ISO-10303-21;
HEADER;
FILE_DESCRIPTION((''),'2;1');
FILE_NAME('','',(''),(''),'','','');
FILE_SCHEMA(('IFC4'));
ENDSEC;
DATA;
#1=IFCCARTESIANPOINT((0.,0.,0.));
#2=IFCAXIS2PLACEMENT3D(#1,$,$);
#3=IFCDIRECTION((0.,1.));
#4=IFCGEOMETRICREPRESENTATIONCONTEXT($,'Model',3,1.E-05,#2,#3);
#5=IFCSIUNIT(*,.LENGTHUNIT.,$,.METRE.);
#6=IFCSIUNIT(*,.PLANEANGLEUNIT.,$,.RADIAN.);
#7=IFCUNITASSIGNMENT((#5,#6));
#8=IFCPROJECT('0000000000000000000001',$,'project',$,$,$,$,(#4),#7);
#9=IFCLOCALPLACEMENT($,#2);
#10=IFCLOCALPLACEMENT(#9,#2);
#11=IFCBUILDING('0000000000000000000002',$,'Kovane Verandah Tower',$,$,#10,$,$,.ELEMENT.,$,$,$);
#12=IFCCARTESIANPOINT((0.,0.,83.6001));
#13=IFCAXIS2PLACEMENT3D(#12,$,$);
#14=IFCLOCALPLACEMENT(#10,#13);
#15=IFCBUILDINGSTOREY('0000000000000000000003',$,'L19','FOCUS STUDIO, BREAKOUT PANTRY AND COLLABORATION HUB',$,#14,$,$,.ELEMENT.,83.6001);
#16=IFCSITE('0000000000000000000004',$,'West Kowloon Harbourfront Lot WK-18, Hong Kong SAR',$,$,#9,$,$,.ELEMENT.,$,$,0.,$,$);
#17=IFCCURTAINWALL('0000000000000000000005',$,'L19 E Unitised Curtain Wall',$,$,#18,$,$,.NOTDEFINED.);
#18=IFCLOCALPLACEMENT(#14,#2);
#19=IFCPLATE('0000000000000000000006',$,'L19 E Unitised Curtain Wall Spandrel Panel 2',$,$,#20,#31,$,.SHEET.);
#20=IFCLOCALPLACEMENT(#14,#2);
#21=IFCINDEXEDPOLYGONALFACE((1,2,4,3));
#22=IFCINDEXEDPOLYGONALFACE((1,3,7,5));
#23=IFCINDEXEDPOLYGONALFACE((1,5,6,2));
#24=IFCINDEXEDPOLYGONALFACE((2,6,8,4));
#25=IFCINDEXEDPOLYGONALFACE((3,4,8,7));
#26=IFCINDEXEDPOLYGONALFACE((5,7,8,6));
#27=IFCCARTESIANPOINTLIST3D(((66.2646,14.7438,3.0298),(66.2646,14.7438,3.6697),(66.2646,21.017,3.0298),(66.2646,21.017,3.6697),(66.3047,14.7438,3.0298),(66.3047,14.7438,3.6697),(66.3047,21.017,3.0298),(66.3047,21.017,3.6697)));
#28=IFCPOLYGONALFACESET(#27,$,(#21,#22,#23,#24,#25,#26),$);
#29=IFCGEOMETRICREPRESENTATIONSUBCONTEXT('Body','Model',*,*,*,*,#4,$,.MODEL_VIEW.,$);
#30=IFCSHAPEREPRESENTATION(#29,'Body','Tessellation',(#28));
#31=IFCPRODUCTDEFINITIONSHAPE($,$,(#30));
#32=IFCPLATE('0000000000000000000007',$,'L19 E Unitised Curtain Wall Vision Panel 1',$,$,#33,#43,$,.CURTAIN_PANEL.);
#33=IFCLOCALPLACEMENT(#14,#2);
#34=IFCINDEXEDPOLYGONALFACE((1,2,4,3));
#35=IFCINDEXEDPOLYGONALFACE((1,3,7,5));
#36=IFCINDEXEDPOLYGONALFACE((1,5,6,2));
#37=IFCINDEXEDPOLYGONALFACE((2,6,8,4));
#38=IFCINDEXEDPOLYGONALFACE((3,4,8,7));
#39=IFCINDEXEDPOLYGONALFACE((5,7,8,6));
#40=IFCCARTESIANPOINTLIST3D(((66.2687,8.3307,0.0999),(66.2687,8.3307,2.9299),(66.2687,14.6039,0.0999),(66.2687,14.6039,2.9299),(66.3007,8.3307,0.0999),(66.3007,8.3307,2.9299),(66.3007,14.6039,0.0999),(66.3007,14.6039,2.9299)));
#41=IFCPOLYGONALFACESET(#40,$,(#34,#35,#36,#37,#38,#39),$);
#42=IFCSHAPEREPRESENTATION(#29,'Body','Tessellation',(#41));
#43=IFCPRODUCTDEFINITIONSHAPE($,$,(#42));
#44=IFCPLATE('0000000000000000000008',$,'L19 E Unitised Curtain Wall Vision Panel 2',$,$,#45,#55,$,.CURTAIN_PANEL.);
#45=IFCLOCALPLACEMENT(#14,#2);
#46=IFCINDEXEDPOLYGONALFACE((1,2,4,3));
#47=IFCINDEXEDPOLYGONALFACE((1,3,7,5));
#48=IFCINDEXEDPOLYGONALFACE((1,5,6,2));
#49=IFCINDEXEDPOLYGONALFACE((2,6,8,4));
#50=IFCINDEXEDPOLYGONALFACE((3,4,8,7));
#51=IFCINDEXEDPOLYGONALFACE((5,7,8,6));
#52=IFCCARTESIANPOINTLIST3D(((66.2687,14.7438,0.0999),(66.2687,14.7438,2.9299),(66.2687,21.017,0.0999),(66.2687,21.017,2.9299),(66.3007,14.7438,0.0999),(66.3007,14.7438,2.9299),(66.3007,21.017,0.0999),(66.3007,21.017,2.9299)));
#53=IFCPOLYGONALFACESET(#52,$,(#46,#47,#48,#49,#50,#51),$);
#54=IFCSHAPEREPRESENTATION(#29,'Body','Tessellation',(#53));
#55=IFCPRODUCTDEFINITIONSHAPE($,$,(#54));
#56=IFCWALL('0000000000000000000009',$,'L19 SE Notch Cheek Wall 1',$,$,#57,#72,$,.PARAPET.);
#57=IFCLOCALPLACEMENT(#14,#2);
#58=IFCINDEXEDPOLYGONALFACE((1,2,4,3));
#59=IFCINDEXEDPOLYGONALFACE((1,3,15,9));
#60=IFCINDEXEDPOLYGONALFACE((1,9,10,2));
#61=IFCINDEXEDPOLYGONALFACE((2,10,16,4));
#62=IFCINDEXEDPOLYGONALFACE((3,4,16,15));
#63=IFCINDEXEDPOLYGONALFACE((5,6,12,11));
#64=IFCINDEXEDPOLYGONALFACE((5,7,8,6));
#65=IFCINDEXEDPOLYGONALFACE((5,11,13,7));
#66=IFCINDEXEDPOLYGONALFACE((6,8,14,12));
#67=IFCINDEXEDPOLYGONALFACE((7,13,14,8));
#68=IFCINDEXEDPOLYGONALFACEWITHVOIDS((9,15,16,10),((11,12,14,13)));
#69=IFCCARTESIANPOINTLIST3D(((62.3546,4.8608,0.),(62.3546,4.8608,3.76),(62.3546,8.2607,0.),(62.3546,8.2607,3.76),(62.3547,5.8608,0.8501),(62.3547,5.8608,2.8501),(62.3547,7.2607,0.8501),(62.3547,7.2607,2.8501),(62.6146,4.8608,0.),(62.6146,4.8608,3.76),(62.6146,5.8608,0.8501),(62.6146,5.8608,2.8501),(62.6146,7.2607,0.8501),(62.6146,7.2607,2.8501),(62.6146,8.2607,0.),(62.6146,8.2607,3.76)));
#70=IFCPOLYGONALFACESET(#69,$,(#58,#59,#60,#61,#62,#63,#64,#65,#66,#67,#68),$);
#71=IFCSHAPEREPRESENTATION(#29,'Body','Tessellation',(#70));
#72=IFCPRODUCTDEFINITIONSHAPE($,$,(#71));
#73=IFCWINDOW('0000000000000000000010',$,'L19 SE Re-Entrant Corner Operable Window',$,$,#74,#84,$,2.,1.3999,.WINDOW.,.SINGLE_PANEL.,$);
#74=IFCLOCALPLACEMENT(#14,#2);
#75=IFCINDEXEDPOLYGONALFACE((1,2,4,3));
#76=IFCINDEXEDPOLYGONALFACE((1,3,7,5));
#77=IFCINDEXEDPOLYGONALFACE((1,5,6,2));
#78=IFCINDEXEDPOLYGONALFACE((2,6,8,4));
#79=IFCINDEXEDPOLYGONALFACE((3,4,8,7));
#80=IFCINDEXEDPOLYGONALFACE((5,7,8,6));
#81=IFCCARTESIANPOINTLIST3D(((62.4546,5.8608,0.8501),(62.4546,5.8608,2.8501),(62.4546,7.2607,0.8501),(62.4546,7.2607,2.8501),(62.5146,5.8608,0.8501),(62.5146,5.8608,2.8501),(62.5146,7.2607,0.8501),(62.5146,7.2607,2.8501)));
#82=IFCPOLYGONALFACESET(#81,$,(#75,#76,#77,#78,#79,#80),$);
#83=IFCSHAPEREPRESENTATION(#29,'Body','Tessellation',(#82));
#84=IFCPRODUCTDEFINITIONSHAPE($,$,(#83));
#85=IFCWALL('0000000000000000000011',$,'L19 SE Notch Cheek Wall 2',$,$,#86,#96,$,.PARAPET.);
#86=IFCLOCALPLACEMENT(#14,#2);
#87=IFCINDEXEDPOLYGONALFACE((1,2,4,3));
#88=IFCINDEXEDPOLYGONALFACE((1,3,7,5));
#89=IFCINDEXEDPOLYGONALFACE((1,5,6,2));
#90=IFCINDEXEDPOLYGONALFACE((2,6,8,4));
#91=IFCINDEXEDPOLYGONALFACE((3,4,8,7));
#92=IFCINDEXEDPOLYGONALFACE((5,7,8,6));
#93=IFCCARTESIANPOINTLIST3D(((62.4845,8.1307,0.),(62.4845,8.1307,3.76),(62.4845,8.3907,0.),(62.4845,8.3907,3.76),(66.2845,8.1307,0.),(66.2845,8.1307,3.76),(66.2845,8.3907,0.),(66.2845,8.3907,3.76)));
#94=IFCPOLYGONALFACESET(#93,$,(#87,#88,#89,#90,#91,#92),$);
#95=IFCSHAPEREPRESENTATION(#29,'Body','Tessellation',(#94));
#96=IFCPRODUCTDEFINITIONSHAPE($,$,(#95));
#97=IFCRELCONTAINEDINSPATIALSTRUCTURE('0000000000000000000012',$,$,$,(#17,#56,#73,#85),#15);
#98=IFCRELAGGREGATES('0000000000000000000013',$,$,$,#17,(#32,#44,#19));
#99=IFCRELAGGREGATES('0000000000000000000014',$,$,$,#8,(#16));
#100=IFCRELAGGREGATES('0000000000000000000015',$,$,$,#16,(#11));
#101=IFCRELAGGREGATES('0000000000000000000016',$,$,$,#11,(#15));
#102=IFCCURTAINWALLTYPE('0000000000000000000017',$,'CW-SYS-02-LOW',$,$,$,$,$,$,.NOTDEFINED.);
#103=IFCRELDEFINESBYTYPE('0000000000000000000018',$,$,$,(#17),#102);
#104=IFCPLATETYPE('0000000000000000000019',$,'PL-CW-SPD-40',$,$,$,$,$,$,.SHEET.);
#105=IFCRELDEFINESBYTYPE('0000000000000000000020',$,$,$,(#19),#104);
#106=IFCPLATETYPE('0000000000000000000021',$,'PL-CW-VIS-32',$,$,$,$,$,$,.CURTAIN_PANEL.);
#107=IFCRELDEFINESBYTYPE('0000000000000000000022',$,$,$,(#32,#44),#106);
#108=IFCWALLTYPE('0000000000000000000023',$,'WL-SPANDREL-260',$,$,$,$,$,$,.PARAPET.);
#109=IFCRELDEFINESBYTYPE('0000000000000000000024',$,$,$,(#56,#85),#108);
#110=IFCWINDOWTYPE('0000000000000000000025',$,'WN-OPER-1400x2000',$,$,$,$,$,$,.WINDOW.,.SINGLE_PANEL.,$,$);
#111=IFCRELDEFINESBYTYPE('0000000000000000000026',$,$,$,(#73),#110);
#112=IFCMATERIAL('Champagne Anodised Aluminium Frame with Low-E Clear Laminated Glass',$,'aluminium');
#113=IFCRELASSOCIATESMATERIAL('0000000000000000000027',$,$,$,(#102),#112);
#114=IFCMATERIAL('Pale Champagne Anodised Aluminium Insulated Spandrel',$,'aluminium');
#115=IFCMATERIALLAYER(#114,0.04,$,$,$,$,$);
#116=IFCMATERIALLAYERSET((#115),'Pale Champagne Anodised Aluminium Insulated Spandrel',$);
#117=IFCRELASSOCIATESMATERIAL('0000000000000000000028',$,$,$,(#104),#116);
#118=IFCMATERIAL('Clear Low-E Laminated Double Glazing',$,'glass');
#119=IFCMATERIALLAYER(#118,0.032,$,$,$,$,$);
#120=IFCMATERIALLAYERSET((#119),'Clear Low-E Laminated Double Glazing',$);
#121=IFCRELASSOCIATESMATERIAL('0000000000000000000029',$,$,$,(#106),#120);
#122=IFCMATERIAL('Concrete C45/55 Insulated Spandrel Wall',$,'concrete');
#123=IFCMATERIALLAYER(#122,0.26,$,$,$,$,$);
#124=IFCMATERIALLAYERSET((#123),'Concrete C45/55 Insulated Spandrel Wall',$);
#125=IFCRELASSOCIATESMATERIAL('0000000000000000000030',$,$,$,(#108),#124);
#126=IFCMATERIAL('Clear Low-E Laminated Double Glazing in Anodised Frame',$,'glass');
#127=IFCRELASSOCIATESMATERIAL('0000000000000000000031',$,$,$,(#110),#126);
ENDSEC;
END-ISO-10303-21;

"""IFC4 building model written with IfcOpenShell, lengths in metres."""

from ifc_helpers import new_model, si_unit, direction, frame, frame_2d, origin, origin_2d, place, context, subcontext, project, spatial, rectangle, extrude, material, layer, layer_set, type_object, element, fill, aggregate, save


model = new_model("IFC4")

# Units and contexts
model_context = context("Model", 3, precision=1e-05, world=origin(), true_north=direction((0.0, 1.0)))
body_context = subcontext(model_context, "Body", "Model", "MODEL_VIEW")
ifc_project = project(units=[si_unit("LENGTHUNIT", "METRE"), si_unit("PLANEANGLEUNIT", "RADIAN")], contexts=[model_context])

# Site, building, storey
site_placement = place(None, origin())
site = spatial("IfcSite", under=ifc_project, at=site_placement, Name="West Kowloon Harbourfront Lot WK-18, Hong Kong SAR", CompositionType="ELEMENT", RefElevation=0.0)
building_placement = place(site_placement, origin())
building = spatial("IfcBuilding", under=site, at=building_placement, Name="Kovane Verandah Tower", CompositionType="ELEMENT")
storey_placement = place(building_placement, frame((0.0, 0.0, 83.6001)))
storey = spatial("IfcBuildingStorey", under=building, at=storey_placement, Name="L19", Description="FOCUS STUDIO, BREAKOUT PANTRY AND COLLABORATION HUB", CompositionType="ELEMENT", Elevation=83.6001)

# Curtain wall
ifc_material_1 = material(Name="Champagne Anodised Aluminium Frame with Low-E Clear Laminated Glass", Category="aluminium")
curtain_wall_type = type_object("IfcCurtainWallType", Name="CW-SYS-02-LOW", PredefinedType="NOTDEFINED", material=ifc_material_1)
curtain_wall_placement = place(storey_placement, origin())
curtain_wall = element("IfcCurtainWall", 1, at=curtain_wall_placement, inside=storey, type_object=curtain_wall_type, Name="L19 E Unitised Curtain Wall", PredefinedType="NOTDEFINED")

# Plates
ifc_material_2 = material(Name="Pale Champagne Anodised Aluminium Insulated Spandrel", Category="aluminium")
ifc_layer_1 = layer(ifc_material_2, 0.04)
ifc_layer_set_1 = layer_set([ifc_layer_1], Name="Pale Champagne Anodised Aluminium Insulated Spandrel")
plate_type_1 = type_object("IfcPlateType", Name="PL-CW-SPD-40", PredefinedType="SHEET", material=ifc_layer_set_1)
plate_1_placement = place(storey_placement, frame((66.2847, 17.8804, 3.0298), z_axis=(0.0, 0.0, 1.0), x_axis=(0.0, 1.0, 0.0)))
plate_1 = element("IfcPlate", 2, at=plate_1_placement, type_object=plate_type_1, Name="L19 E Unitised Curtain Wall Spandrel Panel 2", PredefinedType="SHEET", context=body_context, shape_type="SweptSolid", body=[
    extrude(rectangle(XDim=6.2732, YDim=0.04, at=origin_2d()), origin(), (0.0, 0.0, 1.0), 0.6399),
])
ifc_material_3 = material(Name="Clear Low-E Laminated Double Glazing", Category="glass")
ifc_layer_2 = layer(ifc_material_3, 0.032)
ifc_layer_set_2 = layer_set([ifc_layer_2], Name="Clear Low-E Laminated Double Glazing")
plate_type_2 = type_object("IfcPlateType", Name="PL-CW-VIS-32", PredefinedType="CURTAIN_PANEL", material=ifc_layer_set_2)
plate_2_placement = place(storey_placement, frame((66.2847, 11.4673, 0.0999), z_axis=(0.0, 0.0, 1.0), x_axis=(0.0, 1.0, 0.0)))
plate_2 = element("IfcPlate", 3, at=plate_2_placement, type_object=plate_type_2, Name="L19 E Unitised Curtain Wall Vision Panel 1", PredefinedType="CURTAIN_PANEL", context=body_context, shape_type="SweptSolid", body=[
    extrude(rectangle(XDim=6.2732, YDim=0.032, at=origin_2d()), origin(), (0.0, 0.0, 1.0), 2.8301),
])
plate_3_placement = place(storey_placement, frame((66.2847, 17.8804, 0.0999), z_axis=(0.0, 0.0, 1.0), x_axis=(0.0, 1.0, 0.0)))
plate_3 = element("IfcPlate", 4, at=plate_3_placement, type_object=plate_type_2, Name="L19 E Unitised Curtain Wall Vision Panel 2", PredefinedType="CURTAIN_PANEL", context=body_context, shape_type="SweptSolid", body=[
    extrude(rectangle(XDim=6.2732, YDim=0.032, at=origin_2d()), origin(), (0.0, 0.0, 1.0), 2.8301),
])
aggregate(curtain_wall, [plate_2, plate_3, plate_1])

# Wall, opening, window
ifc_material_4 = material(Name="Concrete C45/55 Insulated Spandrel Wall", Category="concrete")
ifc_layer_3 = layer(ifc_material_4, 0.26)
ifc_layer_set_3 = layer_set([ifc_layer_3], Name="Concrete C45/55 Insulated Spandrel Wall")
wall_type = type_object("IfcWallType", Name="WL-SPANDREL-260", PredefinedType="PARAPET", material=ifc_layer_set_3)
wall_1_placement = place(storey_placement, frame((62.4846, 4.8608, 0.0), z_axis=(0.0, 0.0, 1.0), x_axis=(0.0, 1.0, 0.0)))
wall_1 = element("IfcWall", 5, at=wall_1_placement, inside=storey, type_object=wall_type, Name="L19 SE Notch Cheek Wall 1", PredefinedType="PARAPET", context=body_context, shape_type="SweptSolid", body=[
    extrude(rectangle(XDim=3.3999, YDim=0.26, at=frame_2d((1.7, 0.0))), origin(), (0.0, 0.0, 1.0), 3.76),
])
opening_placement = place(wall_1_placement, frame((1.0, 0.0, 0.8501)))
opening = element("IfcOpeningElement", 6, at=opening_placement, cuts=wall_1, PredefinedType="OPENING", context=body_context, shape_type="SweptSolid", body=[
    extrude(rectangle(XDim=1.3999, YDim=2.0, at=frame_2d((0.7, 1.0))), frame((0.0, 0.1299, 0.0), z_axis=(0.0, -1.0, 0.0), x_axis=(1.0, 0.0, 0.0)), (0.0, 0.0, 1.0), 0.26),
])
ifc_material_5 = material(Name="Clear Low-E Laminated Double Glazing in Anodised Frame", Category="glass")
window_type = type_object("IfcWindowType", Name="WN-OPER-1400x2000", PartitioningType="SINGLE_PANEL", PredefinedType="WINDOW", material=ifc_material_5)
window_placement = place(opening_placement, origin())
window = element("IfcWindow", 7, at=window_placement, inside=storey, type_object=window_type, Name="L19 SE Re-Entrant Corner Operable Window", OverallHeight=2.0, OverallWidth=1.3999, PartitioningType="SINGLE_PANEL", PredefinedType="WINDOW", context=body_context, shape_type="SweptSolid", body=[
    extrude(rectangle(XDim=1.3999, YDim=2.0, at=frame_2d((0.7, 1.0))), frame((0.0, 0.03, 0.0), z_axis=(0.0, -1.0, 0.0), x_axis=(1.0, 0.0, 0.0)), (0.0, 0.0, 1.0), 0.0601),
])
fill(opening, window)

# Wall
wall_2_placement = place(storey_placement, frame((62.4846, 8.2607, 0.0), z_axis=(0.0, 0.0, 1.0), x_axis=(1.0, 0.0, 0.0)))
element("IfcWall", 8, at=wall_2_placement, inside=storey, type_object=wall_type, Name="L19 SE Notch Cheek Wall 2", PredefinedType="PARAPET", context=body_context, shape_type="SweptSolid", body=[
    extrude(rectangle(XDim=3.8, YDim=0.26, at=frame_2d((1.8999, 0.0))), origin(), (0.0, 0.0, 1.0), 3.76),
])

save(model, "model.ifc")
